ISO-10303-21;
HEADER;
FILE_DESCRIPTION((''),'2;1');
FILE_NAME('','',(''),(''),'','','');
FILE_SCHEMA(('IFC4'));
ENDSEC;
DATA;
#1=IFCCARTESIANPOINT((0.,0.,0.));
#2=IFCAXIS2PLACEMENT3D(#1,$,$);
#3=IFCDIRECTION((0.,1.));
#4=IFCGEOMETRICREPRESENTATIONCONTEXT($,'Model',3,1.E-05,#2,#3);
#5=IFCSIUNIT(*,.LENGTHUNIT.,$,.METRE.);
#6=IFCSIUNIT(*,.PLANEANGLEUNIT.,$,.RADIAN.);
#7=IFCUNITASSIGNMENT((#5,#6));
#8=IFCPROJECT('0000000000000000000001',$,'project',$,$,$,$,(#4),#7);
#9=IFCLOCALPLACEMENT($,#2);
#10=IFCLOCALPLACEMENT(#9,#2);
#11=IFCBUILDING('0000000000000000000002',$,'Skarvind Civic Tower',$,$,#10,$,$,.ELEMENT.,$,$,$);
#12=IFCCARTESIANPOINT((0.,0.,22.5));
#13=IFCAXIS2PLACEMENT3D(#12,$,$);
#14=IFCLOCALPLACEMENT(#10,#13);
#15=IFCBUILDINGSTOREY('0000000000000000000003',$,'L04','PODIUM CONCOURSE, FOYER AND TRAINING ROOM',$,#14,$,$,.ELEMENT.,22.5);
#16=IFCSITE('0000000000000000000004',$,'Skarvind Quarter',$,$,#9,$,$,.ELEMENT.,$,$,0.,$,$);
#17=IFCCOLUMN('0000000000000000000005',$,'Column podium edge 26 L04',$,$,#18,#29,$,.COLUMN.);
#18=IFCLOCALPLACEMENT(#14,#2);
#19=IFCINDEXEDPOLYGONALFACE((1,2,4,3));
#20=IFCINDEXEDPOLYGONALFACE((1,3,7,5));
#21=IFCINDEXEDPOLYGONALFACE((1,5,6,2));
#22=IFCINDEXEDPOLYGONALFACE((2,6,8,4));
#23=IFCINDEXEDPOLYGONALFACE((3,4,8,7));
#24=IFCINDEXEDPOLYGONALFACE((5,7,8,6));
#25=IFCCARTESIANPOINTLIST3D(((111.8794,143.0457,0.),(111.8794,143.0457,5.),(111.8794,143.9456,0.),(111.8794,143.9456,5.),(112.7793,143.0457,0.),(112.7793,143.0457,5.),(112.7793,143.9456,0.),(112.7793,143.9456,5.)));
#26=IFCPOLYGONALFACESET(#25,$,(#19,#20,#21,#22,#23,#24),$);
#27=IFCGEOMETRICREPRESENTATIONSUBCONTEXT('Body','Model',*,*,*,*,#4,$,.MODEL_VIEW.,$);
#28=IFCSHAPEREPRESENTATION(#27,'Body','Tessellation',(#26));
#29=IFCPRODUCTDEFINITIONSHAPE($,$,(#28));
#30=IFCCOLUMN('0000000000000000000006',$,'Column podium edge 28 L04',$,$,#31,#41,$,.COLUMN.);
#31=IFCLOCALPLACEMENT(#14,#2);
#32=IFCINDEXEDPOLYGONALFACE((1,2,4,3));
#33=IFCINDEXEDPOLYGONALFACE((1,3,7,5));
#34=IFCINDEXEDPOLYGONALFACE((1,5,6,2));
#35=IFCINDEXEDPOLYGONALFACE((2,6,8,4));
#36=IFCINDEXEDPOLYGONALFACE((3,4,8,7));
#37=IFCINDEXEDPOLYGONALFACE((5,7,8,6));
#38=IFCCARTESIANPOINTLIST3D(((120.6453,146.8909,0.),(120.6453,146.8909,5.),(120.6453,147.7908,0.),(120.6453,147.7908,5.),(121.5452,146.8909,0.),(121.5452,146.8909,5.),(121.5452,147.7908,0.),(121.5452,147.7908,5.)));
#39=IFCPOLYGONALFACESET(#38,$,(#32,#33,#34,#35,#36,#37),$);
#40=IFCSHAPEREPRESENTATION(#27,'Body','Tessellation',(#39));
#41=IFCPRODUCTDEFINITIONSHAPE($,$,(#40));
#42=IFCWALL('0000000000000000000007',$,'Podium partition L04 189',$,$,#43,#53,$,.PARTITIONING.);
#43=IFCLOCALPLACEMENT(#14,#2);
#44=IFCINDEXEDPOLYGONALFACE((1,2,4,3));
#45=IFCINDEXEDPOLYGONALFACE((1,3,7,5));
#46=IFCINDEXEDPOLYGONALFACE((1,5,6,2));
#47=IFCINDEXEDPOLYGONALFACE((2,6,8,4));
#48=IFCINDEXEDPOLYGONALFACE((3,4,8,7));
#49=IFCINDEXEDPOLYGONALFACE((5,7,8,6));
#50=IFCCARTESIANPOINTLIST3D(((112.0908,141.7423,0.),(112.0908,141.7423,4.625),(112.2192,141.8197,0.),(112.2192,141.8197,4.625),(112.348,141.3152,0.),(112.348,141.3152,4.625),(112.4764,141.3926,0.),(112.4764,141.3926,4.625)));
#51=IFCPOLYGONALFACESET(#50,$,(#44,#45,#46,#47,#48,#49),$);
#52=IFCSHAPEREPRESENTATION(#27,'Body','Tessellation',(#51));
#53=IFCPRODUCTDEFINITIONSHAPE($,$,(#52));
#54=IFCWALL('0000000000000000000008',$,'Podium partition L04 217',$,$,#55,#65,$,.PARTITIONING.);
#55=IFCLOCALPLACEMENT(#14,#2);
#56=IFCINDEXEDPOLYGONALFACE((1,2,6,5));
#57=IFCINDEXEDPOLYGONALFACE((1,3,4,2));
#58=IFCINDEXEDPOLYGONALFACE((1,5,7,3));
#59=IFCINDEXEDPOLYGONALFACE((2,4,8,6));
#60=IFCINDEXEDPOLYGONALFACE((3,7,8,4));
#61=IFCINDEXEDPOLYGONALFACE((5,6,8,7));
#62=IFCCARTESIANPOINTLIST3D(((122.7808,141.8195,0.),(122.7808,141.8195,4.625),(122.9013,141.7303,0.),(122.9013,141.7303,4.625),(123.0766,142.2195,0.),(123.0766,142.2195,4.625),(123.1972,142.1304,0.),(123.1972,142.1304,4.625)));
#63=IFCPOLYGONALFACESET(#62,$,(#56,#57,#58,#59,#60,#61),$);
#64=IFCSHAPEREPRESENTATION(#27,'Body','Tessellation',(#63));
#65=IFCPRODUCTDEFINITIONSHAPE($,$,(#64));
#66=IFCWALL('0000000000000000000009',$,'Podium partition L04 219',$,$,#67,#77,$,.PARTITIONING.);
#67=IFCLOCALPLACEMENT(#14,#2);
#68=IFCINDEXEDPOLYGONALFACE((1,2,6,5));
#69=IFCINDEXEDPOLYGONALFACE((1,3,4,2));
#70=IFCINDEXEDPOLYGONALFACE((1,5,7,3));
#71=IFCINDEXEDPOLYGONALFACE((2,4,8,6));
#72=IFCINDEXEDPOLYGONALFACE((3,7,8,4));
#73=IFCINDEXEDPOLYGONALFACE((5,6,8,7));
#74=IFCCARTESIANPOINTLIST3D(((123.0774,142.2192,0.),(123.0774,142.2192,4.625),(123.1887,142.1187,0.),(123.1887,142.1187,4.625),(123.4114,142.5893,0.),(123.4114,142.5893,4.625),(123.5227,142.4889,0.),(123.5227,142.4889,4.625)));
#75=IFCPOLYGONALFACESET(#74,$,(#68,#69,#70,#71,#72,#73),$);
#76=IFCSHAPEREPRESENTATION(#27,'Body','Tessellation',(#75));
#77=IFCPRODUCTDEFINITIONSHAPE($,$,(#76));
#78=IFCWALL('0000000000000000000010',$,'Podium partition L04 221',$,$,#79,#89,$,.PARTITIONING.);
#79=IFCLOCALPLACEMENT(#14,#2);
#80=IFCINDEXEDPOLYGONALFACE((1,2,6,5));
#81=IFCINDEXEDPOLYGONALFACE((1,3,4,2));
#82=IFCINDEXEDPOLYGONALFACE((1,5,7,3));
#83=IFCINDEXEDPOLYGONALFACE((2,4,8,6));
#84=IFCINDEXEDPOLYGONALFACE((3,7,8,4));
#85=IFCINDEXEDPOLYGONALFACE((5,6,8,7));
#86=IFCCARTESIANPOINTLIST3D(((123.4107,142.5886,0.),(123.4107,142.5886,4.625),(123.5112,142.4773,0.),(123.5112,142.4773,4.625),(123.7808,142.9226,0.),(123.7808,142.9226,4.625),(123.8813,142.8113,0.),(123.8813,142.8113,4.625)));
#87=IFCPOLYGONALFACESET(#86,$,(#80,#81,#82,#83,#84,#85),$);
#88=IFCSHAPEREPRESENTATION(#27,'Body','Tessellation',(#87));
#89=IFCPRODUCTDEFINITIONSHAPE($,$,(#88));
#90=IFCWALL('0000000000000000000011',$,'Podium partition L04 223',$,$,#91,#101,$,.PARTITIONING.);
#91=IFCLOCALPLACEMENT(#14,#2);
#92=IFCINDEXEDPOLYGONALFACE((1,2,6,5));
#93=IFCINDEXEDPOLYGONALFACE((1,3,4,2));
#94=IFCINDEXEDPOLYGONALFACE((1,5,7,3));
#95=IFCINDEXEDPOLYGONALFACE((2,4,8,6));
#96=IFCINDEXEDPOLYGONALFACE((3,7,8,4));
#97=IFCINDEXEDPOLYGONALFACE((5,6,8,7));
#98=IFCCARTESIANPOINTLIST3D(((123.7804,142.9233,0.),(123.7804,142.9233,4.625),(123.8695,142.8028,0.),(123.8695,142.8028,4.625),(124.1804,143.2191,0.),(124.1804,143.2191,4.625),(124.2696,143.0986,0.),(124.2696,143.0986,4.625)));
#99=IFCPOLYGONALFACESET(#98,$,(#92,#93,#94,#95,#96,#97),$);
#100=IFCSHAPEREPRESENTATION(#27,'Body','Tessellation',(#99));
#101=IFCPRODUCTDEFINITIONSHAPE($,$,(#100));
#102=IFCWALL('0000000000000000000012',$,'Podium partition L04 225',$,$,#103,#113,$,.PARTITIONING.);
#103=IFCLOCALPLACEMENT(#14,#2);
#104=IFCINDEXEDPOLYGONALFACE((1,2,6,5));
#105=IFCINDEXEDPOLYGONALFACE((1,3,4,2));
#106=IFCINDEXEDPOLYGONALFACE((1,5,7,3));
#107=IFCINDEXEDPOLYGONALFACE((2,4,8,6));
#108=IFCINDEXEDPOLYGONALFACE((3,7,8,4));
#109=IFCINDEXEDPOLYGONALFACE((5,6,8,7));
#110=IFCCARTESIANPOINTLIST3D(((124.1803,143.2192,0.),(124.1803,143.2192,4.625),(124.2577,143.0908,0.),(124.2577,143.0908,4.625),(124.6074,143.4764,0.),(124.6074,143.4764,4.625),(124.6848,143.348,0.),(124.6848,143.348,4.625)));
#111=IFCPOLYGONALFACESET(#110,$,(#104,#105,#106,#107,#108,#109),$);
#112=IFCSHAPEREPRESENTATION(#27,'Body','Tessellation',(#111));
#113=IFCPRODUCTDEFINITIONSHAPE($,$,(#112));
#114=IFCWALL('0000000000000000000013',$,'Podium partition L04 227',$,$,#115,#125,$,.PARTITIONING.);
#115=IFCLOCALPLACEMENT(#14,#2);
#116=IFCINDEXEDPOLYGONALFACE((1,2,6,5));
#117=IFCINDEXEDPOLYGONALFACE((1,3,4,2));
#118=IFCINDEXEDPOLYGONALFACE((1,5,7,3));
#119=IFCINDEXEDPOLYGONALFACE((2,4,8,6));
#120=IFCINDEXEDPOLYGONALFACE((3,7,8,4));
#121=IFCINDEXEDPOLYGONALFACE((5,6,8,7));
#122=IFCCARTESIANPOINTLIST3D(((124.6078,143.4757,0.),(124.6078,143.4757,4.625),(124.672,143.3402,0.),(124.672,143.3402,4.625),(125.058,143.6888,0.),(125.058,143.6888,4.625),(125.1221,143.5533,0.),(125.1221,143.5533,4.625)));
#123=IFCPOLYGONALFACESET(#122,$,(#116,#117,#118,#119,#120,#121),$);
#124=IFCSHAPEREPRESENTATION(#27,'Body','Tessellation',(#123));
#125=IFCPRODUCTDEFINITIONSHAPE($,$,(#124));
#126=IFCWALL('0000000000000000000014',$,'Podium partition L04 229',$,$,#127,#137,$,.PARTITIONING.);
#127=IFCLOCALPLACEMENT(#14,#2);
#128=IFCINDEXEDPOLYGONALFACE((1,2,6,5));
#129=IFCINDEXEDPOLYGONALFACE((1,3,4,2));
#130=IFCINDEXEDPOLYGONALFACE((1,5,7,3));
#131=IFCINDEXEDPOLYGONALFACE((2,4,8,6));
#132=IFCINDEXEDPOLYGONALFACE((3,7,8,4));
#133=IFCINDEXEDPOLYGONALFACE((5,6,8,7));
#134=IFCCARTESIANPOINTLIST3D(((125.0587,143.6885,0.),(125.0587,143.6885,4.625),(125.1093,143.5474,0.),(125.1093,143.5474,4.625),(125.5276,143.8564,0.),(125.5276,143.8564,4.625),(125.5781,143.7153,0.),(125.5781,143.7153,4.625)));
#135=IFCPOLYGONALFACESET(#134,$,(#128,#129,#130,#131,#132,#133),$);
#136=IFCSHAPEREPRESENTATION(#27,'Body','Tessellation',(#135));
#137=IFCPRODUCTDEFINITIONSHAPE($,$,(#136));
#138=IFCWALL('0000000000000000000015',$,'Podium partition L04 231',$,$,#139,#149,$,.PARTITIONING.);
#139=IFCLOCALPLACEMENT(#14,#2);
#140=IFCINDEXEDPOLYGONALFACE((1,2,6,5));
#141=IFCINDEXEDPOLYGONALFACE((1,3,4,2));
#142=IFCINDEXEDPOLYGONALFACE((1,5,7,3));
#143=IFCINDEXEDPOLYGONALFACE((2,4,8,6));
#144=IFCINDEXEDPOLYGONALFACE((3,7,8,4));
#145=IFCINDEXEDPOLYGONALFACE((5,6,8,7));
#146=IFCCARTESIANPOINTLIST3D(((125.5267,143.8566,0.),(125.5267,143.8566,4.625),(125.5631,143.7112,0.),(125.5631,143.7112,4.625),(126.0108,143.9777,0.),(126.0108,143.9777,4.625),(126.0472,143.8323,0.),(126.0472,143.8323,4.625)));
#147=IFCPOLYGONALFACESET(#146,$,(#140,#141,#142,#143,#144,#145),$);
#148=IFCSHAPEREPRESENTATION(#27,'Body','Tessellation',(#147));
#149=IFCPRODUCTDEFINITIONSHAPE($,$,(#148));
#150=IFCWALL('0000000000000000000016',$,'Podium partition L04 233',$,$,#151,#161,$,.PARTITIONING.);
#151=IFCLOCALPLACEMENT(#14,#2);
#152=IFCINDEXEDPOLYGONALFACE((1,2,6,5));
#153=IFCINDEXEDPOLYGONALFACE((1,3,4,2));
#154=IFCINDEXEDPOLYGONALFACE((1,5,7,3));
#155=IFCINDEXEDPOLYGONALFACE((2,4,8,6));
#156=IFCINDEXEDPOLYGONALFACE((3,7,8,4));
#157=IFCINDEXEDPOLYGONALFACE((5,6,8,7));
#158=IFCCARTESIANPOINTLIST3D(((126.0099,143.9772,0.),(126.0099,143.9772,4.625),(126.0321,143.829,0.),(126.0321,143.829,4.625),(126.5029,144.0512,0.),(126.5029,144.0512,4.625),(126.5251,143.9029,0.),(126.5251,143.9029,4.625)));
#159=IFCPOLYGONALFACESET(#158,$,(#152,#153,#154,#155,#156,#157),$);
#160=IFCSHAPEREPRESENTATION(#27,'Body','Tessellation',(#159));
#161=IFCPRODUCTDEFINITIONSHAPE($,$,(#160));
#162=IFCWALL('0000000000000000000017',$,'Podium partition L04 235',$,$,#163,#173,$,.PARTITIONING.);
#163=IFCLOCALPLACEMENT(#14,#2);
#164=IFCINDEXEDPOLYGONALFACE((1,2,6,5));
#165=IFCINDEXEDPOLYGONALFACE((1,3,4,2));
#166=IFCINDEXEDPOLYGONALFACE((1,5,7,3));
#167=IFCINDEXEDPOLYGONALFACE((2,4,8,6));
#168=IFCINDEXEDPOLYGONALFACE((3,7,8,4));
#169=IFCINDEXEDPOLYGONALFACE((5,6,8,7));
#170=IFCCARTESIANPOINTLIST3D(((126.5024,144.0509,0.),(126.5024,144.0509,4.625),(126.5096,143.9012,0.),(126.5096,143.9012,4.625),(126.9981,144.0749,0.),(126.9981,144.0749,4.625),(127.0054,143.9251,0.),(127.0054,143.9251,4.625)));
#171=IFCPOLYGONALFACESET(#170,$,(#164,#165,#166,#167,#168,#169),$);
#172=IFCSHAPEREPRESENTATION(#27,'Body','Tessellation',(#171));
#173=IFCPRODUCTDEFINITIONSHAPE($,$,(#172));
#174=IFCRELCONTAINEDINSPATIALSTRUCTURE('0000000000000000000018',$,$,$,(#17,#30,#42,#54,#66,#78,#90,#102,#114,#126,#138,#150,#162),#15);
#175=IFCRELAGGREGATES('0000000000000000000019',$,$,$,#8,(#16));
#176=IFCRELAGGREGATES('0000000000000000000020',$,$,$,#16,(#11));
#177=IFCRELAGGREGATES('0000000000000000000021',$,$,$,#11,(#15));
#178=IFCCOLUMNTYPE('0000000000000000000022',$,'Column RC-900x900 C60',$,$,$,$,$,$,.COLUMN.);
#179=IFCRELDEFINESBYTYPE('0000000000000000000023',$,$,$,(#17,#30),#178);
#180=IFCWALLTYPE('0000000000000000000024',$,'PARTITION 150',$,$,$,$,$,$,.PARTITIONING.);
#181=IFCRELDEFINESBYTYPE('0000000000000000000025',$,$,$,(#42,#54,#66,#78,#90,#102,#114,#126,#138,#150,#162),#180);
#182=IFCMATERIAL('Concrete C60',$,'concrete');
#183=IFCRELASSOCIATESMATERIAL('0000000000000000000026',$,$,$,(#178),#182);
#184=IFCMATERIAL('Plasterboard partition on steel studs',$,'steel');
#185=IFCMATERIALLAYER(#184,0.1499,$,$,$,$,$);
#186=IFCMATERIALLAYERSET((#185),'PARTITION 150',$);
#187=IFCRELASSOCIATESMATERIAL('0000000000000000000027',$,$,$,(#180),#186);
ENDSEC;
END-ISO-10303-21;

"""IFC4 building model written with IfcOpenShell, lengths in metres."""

from ifc_helpers import new_model, si_unit, direction, frame, frame_2d, origin, origin_2d, place, context, subcontext, project, spatial, rectangle, extrude, material, layer, layer_set, material_profile, profile_set, type_object, element, save


model = new_model("IFC4")

# Units and contexts
model_context = context("Model", 3, precision=1e-05, world=origin(), true_north=direction((0.0, 1.0)))
body_context = subcontext(model_context, "Body", "Model", "MODEL_VIEW")
ifc_project = project(units=[si_unit("LENGTHUNIT", "METRE"), si_unit("PLANEANGLEUNIT", "RADIAN")], contexts=[model_context])

# Site, building, storey
site_placement = place(None, origin())
site = spatial("IfcSite", under=ifc_project, at=site_placement, Name="Skarvind Quarter", CompositionType="ELEMENT", RefElevation=0.0)
building_placement = place(site_placement, origin())
building = spatial("IfcBuilding", under=site, at=building_placement, Name="Skarvind Civic Tower", CompositionType="ELEMENT")
storey_placement = place(building_placement, frame((0.0, 0.0, 22.5)))
storey = spatial("IfcBuildingStorey", under=building, at=storey_placement, Name="L04", Description="PODIUM CONCOURSE, FOYER AND TRAINING ROOM", CompositionType="ELEMENT", Elevation=22.5)

# Columns
ifc_material_1 = material(Name="Concrete C60", Category="concrete")
ifc_material_profile = material_profile(ifc_material_1, rectangle(XDim=0.8999, YDim=0.8999, at=origin_2d()), Name="RC-900x900")
ifc_profile_set = profile_set([ifc_material_profile], Name="Concrete C60")
column_type = type_object("IfcColumnType", Name="Column RC-900x900 C60", PredefinedType="COLUMN", material=ifc_profile_set)
for number, where, z_axis, x_axis, name in (
    (1, (112.3293, 143.4956, 0.0), (0.0, 0.0, 1.0), (1.0, 0.0, 0.0), "Column podium edge 26 L04"),
    (2, (121.0952, 147.3408, 0.0), (0.0, 0.0, 1.0), (1.0, 0.0, 0.0), "Column podium edge 28 L04"),
):
    element("IfcColumn", number, at=place(storey_placement, frame(where, z_axis=z_axis, x_axis=x_axis)), inside=storey, type_object=column_type, Name=name, PredefinedType="COLUMN", context=body_context, shape_type="SweptSolid", body=[
        extrude(rectangle(XDim=0.8999, YDim=0.8999, at=origin_2d()), origin(), (0.0, 0.0, 1.0), 5.0),
    ])

# Walls
ifc_material_2 = material(Name="Plasterboard partition on steel studs", Category="steel")
ifc_layer_1 = layer(ifc_material_2, 0.1499)
ifc_layer_set_1 = layer_set([ifc_layer_1], Name="PARTITION 150")
wall_type_1 = type_object("IfcWallType", Name="PARTITION 150", PredefinedType="PARTITIONING", material=ifc_layer_set_1)
wall_1_placement = place(storey_placement, frame((112.155, 141.781, 0.0), z_axis=(0.0, 0.0, 1.0), x_axis=(0.515792, -0.856714, 0.0)))
element("IfcWall", 3, at=wall_1_placement, inside=storey, type_object=wall_type_1, Name="Podium partition L04 189", PredefinedType="PARTITIONING", context=body_context, shape_type="SweptSolid", body=[
    extrude(rectangle(XDim=0.4985, YDim=0.1499, at=frame_2d((0.2493, 0.0))), origin(), (0.0, 0.0, 1.0), 4.625),
])
wall_2_placement = place(storey_placement, frame((122.8411, 141.7749, 0.0), z_axis=(0.0, 0.0, 1.0), x_axis=(0.59457, 0.804044, 0.0)))
element("IfcWall", 4, at=wall_2_placement, inside=storey, type_object=wall_type_1, Name="Podium partition L04 217", PredefinedType="PARTITIONING", context=body_context, shape_type="SweptSolid", body=[
    extrude(rectangle(XDim=0.4976, YDim=0.1499, at=frame_2d((0.2488, 0.0))), origin(), (0.0, 0.0, 1.0), 4.625),
])
for number, where, z_axis, x_axis, name in (
    (5, (123.1331, 142.1689, 0.0), (0.0, 0.0, 1.0), (0.669938, 0.742417, 0.0), "Podium partition L04 219"),
    (6, (123.4609, 142.533, 0.0), (0.0, 0.0, 1.0), (0.742417, 0.669938, 0.0), "Podium partition L04 221"),
):
    element("IfcWall", number, at=place(storey_placement, frame(where, z_axis=z_axis, x_axis=x_axis)), inside=storey, type_object=wall_type_1, Name=name, PredefinedType="PARTITIONING", context=body_context, shape_type="SweptSolid", body=[
        extrude(rectangle(XDim=0.4985, YDim=0.1499, at=frame_2d((0.2493, 0.0))), origin(), (0.0, 0.0, 1.0), 4.625),
    ])
wall_3_placement = place(storey_placement, frame((123.825, 142.863, 0.0), z_axis=(0.0, 0.0, 1.0), x_axis=(0.804044, 0.59457, 0.0)))
element("IfcWall", 7, at=wall_3_placement, inside=storey, type_object=wall_type_1, Name="Podium partition L04 223", PredefinedType="PARTITIONING", context=body_context, shape_type="SweptSolid", body=[
    extrude(rectangle(XDim=0.4976, YDim=0.1499, at=frame_2d((0.2488, 0.0))), origin(), (0.0, 0.0, 1.0), 4.625),
])
wall_4_placement = place(storey_placement, frame((124.219, 143.155, 0.0), z_axis=(0.0, 0.0, 1.0), x_axis=(0.856714, 0.515792, 0.0)))
element("IfcWall", 8, at=wall_4_placement, inside=storey, type_object=wall_type_1, Name="Podium partition L04 225", PredefinedType="PARTITIONING", context=body_context, shape_type="SweptSolid", body=[
    extrude(rectangle(XDim=0.4985, YDim=0.1499, at=frame_2d((0.2493, 0.0))), origin(), (0.0, 0.0, 1.0), 4.625),
])
for number, where, z_axis, x_axis, name in (
    (9, (124.6399, 143.408, 0.0), (0.0, 0.0, 1.0), (0.903828, 0.427897, 0.0), "Podium partition L04 227"),
    (10, (125.084, 143.6179, 0.0), (0.0, 0.0, 1.0), (0.941442, 0.337174, 0.0), "Podium partition L04 229"),
):
    element("IfcWall", number, at=place(storey_placement, frame(where, z_axis=z_axis, x_axis=x_axis)), inside=storey, type_object=wall_type_1, Name=name, PredefinedType="PARTITIONING", context=body_context, shape_type="SweptSolid", body=[
        extrude(rectangle(XDim=0.498, YDim=0.1499, at=frame_2d((0.249, 0.0))), origin(), (0.0, 0.0, 1.0), 4.625),
    ])
wall_5_placement = place(storey_placement, frame((125.5449, 143.7839, 0.0), z_axis=(0.0, 0.0, 1.0), x_axis=(0.970114, 0.242651, 0.0)))
element("IfcWall", 11, at=wall_5_placement, inside=storey, type_object=wall_type_1, Name="Podium partition L04 231", PredefinedType="PARTITIONING", context=body_context, shape_type="SweptSolid", body=[
    extrude(rectangle(XDim=0.499, YDim=0.1499, at=frame_2d((0.2495, 0.0))), origin(), (0.0, 0.0, 1.0), 4.625),
])
wall_6_placement = place(storey_placement, frame((126.021, 143.9031, 0.0), z_axis=(0.0, 0.0, 1.0), x_axis=(0.988926, 0.148412, 0.0)))
element("IfcWall", 12, at=wall_6_placement, inside=storey, type_object=wall_type_1, Name="Podium partition L04 233", PredefinedType="PARTITIONING", context=body_context, shape_type="SweptSolid", body=[
    extrude(rectangle(XDim=0.4985, YDim=0.1499, at=frame_2d((0.2493, 0.0))), origin(), (0.0, 0.0, 1.0), 4.625),
])
wall_7_placement = place(storey_placement, frame((126.5061, 143.9761, 0.0), z_axis=(0.0, 0.0, 1.0), x_axis=(0.998838, 0.048196, 0.0)))
element("IfcWall", 13, at=wall_7_placement, inside=storey, type_object=wall_type_1, Name="Podium partition L04 235", PredefinedType="PARTITIONING", context=body_context, shape_type="SweptSolid", body=[
    extrude(rectangle(XDim=0.4963, YDim=0.1499, at=frame_2d((0.248, 0.0))), origin(), (0.0, 0.0, 1.0), 4.625),
])

save(model, "model.ifc")
